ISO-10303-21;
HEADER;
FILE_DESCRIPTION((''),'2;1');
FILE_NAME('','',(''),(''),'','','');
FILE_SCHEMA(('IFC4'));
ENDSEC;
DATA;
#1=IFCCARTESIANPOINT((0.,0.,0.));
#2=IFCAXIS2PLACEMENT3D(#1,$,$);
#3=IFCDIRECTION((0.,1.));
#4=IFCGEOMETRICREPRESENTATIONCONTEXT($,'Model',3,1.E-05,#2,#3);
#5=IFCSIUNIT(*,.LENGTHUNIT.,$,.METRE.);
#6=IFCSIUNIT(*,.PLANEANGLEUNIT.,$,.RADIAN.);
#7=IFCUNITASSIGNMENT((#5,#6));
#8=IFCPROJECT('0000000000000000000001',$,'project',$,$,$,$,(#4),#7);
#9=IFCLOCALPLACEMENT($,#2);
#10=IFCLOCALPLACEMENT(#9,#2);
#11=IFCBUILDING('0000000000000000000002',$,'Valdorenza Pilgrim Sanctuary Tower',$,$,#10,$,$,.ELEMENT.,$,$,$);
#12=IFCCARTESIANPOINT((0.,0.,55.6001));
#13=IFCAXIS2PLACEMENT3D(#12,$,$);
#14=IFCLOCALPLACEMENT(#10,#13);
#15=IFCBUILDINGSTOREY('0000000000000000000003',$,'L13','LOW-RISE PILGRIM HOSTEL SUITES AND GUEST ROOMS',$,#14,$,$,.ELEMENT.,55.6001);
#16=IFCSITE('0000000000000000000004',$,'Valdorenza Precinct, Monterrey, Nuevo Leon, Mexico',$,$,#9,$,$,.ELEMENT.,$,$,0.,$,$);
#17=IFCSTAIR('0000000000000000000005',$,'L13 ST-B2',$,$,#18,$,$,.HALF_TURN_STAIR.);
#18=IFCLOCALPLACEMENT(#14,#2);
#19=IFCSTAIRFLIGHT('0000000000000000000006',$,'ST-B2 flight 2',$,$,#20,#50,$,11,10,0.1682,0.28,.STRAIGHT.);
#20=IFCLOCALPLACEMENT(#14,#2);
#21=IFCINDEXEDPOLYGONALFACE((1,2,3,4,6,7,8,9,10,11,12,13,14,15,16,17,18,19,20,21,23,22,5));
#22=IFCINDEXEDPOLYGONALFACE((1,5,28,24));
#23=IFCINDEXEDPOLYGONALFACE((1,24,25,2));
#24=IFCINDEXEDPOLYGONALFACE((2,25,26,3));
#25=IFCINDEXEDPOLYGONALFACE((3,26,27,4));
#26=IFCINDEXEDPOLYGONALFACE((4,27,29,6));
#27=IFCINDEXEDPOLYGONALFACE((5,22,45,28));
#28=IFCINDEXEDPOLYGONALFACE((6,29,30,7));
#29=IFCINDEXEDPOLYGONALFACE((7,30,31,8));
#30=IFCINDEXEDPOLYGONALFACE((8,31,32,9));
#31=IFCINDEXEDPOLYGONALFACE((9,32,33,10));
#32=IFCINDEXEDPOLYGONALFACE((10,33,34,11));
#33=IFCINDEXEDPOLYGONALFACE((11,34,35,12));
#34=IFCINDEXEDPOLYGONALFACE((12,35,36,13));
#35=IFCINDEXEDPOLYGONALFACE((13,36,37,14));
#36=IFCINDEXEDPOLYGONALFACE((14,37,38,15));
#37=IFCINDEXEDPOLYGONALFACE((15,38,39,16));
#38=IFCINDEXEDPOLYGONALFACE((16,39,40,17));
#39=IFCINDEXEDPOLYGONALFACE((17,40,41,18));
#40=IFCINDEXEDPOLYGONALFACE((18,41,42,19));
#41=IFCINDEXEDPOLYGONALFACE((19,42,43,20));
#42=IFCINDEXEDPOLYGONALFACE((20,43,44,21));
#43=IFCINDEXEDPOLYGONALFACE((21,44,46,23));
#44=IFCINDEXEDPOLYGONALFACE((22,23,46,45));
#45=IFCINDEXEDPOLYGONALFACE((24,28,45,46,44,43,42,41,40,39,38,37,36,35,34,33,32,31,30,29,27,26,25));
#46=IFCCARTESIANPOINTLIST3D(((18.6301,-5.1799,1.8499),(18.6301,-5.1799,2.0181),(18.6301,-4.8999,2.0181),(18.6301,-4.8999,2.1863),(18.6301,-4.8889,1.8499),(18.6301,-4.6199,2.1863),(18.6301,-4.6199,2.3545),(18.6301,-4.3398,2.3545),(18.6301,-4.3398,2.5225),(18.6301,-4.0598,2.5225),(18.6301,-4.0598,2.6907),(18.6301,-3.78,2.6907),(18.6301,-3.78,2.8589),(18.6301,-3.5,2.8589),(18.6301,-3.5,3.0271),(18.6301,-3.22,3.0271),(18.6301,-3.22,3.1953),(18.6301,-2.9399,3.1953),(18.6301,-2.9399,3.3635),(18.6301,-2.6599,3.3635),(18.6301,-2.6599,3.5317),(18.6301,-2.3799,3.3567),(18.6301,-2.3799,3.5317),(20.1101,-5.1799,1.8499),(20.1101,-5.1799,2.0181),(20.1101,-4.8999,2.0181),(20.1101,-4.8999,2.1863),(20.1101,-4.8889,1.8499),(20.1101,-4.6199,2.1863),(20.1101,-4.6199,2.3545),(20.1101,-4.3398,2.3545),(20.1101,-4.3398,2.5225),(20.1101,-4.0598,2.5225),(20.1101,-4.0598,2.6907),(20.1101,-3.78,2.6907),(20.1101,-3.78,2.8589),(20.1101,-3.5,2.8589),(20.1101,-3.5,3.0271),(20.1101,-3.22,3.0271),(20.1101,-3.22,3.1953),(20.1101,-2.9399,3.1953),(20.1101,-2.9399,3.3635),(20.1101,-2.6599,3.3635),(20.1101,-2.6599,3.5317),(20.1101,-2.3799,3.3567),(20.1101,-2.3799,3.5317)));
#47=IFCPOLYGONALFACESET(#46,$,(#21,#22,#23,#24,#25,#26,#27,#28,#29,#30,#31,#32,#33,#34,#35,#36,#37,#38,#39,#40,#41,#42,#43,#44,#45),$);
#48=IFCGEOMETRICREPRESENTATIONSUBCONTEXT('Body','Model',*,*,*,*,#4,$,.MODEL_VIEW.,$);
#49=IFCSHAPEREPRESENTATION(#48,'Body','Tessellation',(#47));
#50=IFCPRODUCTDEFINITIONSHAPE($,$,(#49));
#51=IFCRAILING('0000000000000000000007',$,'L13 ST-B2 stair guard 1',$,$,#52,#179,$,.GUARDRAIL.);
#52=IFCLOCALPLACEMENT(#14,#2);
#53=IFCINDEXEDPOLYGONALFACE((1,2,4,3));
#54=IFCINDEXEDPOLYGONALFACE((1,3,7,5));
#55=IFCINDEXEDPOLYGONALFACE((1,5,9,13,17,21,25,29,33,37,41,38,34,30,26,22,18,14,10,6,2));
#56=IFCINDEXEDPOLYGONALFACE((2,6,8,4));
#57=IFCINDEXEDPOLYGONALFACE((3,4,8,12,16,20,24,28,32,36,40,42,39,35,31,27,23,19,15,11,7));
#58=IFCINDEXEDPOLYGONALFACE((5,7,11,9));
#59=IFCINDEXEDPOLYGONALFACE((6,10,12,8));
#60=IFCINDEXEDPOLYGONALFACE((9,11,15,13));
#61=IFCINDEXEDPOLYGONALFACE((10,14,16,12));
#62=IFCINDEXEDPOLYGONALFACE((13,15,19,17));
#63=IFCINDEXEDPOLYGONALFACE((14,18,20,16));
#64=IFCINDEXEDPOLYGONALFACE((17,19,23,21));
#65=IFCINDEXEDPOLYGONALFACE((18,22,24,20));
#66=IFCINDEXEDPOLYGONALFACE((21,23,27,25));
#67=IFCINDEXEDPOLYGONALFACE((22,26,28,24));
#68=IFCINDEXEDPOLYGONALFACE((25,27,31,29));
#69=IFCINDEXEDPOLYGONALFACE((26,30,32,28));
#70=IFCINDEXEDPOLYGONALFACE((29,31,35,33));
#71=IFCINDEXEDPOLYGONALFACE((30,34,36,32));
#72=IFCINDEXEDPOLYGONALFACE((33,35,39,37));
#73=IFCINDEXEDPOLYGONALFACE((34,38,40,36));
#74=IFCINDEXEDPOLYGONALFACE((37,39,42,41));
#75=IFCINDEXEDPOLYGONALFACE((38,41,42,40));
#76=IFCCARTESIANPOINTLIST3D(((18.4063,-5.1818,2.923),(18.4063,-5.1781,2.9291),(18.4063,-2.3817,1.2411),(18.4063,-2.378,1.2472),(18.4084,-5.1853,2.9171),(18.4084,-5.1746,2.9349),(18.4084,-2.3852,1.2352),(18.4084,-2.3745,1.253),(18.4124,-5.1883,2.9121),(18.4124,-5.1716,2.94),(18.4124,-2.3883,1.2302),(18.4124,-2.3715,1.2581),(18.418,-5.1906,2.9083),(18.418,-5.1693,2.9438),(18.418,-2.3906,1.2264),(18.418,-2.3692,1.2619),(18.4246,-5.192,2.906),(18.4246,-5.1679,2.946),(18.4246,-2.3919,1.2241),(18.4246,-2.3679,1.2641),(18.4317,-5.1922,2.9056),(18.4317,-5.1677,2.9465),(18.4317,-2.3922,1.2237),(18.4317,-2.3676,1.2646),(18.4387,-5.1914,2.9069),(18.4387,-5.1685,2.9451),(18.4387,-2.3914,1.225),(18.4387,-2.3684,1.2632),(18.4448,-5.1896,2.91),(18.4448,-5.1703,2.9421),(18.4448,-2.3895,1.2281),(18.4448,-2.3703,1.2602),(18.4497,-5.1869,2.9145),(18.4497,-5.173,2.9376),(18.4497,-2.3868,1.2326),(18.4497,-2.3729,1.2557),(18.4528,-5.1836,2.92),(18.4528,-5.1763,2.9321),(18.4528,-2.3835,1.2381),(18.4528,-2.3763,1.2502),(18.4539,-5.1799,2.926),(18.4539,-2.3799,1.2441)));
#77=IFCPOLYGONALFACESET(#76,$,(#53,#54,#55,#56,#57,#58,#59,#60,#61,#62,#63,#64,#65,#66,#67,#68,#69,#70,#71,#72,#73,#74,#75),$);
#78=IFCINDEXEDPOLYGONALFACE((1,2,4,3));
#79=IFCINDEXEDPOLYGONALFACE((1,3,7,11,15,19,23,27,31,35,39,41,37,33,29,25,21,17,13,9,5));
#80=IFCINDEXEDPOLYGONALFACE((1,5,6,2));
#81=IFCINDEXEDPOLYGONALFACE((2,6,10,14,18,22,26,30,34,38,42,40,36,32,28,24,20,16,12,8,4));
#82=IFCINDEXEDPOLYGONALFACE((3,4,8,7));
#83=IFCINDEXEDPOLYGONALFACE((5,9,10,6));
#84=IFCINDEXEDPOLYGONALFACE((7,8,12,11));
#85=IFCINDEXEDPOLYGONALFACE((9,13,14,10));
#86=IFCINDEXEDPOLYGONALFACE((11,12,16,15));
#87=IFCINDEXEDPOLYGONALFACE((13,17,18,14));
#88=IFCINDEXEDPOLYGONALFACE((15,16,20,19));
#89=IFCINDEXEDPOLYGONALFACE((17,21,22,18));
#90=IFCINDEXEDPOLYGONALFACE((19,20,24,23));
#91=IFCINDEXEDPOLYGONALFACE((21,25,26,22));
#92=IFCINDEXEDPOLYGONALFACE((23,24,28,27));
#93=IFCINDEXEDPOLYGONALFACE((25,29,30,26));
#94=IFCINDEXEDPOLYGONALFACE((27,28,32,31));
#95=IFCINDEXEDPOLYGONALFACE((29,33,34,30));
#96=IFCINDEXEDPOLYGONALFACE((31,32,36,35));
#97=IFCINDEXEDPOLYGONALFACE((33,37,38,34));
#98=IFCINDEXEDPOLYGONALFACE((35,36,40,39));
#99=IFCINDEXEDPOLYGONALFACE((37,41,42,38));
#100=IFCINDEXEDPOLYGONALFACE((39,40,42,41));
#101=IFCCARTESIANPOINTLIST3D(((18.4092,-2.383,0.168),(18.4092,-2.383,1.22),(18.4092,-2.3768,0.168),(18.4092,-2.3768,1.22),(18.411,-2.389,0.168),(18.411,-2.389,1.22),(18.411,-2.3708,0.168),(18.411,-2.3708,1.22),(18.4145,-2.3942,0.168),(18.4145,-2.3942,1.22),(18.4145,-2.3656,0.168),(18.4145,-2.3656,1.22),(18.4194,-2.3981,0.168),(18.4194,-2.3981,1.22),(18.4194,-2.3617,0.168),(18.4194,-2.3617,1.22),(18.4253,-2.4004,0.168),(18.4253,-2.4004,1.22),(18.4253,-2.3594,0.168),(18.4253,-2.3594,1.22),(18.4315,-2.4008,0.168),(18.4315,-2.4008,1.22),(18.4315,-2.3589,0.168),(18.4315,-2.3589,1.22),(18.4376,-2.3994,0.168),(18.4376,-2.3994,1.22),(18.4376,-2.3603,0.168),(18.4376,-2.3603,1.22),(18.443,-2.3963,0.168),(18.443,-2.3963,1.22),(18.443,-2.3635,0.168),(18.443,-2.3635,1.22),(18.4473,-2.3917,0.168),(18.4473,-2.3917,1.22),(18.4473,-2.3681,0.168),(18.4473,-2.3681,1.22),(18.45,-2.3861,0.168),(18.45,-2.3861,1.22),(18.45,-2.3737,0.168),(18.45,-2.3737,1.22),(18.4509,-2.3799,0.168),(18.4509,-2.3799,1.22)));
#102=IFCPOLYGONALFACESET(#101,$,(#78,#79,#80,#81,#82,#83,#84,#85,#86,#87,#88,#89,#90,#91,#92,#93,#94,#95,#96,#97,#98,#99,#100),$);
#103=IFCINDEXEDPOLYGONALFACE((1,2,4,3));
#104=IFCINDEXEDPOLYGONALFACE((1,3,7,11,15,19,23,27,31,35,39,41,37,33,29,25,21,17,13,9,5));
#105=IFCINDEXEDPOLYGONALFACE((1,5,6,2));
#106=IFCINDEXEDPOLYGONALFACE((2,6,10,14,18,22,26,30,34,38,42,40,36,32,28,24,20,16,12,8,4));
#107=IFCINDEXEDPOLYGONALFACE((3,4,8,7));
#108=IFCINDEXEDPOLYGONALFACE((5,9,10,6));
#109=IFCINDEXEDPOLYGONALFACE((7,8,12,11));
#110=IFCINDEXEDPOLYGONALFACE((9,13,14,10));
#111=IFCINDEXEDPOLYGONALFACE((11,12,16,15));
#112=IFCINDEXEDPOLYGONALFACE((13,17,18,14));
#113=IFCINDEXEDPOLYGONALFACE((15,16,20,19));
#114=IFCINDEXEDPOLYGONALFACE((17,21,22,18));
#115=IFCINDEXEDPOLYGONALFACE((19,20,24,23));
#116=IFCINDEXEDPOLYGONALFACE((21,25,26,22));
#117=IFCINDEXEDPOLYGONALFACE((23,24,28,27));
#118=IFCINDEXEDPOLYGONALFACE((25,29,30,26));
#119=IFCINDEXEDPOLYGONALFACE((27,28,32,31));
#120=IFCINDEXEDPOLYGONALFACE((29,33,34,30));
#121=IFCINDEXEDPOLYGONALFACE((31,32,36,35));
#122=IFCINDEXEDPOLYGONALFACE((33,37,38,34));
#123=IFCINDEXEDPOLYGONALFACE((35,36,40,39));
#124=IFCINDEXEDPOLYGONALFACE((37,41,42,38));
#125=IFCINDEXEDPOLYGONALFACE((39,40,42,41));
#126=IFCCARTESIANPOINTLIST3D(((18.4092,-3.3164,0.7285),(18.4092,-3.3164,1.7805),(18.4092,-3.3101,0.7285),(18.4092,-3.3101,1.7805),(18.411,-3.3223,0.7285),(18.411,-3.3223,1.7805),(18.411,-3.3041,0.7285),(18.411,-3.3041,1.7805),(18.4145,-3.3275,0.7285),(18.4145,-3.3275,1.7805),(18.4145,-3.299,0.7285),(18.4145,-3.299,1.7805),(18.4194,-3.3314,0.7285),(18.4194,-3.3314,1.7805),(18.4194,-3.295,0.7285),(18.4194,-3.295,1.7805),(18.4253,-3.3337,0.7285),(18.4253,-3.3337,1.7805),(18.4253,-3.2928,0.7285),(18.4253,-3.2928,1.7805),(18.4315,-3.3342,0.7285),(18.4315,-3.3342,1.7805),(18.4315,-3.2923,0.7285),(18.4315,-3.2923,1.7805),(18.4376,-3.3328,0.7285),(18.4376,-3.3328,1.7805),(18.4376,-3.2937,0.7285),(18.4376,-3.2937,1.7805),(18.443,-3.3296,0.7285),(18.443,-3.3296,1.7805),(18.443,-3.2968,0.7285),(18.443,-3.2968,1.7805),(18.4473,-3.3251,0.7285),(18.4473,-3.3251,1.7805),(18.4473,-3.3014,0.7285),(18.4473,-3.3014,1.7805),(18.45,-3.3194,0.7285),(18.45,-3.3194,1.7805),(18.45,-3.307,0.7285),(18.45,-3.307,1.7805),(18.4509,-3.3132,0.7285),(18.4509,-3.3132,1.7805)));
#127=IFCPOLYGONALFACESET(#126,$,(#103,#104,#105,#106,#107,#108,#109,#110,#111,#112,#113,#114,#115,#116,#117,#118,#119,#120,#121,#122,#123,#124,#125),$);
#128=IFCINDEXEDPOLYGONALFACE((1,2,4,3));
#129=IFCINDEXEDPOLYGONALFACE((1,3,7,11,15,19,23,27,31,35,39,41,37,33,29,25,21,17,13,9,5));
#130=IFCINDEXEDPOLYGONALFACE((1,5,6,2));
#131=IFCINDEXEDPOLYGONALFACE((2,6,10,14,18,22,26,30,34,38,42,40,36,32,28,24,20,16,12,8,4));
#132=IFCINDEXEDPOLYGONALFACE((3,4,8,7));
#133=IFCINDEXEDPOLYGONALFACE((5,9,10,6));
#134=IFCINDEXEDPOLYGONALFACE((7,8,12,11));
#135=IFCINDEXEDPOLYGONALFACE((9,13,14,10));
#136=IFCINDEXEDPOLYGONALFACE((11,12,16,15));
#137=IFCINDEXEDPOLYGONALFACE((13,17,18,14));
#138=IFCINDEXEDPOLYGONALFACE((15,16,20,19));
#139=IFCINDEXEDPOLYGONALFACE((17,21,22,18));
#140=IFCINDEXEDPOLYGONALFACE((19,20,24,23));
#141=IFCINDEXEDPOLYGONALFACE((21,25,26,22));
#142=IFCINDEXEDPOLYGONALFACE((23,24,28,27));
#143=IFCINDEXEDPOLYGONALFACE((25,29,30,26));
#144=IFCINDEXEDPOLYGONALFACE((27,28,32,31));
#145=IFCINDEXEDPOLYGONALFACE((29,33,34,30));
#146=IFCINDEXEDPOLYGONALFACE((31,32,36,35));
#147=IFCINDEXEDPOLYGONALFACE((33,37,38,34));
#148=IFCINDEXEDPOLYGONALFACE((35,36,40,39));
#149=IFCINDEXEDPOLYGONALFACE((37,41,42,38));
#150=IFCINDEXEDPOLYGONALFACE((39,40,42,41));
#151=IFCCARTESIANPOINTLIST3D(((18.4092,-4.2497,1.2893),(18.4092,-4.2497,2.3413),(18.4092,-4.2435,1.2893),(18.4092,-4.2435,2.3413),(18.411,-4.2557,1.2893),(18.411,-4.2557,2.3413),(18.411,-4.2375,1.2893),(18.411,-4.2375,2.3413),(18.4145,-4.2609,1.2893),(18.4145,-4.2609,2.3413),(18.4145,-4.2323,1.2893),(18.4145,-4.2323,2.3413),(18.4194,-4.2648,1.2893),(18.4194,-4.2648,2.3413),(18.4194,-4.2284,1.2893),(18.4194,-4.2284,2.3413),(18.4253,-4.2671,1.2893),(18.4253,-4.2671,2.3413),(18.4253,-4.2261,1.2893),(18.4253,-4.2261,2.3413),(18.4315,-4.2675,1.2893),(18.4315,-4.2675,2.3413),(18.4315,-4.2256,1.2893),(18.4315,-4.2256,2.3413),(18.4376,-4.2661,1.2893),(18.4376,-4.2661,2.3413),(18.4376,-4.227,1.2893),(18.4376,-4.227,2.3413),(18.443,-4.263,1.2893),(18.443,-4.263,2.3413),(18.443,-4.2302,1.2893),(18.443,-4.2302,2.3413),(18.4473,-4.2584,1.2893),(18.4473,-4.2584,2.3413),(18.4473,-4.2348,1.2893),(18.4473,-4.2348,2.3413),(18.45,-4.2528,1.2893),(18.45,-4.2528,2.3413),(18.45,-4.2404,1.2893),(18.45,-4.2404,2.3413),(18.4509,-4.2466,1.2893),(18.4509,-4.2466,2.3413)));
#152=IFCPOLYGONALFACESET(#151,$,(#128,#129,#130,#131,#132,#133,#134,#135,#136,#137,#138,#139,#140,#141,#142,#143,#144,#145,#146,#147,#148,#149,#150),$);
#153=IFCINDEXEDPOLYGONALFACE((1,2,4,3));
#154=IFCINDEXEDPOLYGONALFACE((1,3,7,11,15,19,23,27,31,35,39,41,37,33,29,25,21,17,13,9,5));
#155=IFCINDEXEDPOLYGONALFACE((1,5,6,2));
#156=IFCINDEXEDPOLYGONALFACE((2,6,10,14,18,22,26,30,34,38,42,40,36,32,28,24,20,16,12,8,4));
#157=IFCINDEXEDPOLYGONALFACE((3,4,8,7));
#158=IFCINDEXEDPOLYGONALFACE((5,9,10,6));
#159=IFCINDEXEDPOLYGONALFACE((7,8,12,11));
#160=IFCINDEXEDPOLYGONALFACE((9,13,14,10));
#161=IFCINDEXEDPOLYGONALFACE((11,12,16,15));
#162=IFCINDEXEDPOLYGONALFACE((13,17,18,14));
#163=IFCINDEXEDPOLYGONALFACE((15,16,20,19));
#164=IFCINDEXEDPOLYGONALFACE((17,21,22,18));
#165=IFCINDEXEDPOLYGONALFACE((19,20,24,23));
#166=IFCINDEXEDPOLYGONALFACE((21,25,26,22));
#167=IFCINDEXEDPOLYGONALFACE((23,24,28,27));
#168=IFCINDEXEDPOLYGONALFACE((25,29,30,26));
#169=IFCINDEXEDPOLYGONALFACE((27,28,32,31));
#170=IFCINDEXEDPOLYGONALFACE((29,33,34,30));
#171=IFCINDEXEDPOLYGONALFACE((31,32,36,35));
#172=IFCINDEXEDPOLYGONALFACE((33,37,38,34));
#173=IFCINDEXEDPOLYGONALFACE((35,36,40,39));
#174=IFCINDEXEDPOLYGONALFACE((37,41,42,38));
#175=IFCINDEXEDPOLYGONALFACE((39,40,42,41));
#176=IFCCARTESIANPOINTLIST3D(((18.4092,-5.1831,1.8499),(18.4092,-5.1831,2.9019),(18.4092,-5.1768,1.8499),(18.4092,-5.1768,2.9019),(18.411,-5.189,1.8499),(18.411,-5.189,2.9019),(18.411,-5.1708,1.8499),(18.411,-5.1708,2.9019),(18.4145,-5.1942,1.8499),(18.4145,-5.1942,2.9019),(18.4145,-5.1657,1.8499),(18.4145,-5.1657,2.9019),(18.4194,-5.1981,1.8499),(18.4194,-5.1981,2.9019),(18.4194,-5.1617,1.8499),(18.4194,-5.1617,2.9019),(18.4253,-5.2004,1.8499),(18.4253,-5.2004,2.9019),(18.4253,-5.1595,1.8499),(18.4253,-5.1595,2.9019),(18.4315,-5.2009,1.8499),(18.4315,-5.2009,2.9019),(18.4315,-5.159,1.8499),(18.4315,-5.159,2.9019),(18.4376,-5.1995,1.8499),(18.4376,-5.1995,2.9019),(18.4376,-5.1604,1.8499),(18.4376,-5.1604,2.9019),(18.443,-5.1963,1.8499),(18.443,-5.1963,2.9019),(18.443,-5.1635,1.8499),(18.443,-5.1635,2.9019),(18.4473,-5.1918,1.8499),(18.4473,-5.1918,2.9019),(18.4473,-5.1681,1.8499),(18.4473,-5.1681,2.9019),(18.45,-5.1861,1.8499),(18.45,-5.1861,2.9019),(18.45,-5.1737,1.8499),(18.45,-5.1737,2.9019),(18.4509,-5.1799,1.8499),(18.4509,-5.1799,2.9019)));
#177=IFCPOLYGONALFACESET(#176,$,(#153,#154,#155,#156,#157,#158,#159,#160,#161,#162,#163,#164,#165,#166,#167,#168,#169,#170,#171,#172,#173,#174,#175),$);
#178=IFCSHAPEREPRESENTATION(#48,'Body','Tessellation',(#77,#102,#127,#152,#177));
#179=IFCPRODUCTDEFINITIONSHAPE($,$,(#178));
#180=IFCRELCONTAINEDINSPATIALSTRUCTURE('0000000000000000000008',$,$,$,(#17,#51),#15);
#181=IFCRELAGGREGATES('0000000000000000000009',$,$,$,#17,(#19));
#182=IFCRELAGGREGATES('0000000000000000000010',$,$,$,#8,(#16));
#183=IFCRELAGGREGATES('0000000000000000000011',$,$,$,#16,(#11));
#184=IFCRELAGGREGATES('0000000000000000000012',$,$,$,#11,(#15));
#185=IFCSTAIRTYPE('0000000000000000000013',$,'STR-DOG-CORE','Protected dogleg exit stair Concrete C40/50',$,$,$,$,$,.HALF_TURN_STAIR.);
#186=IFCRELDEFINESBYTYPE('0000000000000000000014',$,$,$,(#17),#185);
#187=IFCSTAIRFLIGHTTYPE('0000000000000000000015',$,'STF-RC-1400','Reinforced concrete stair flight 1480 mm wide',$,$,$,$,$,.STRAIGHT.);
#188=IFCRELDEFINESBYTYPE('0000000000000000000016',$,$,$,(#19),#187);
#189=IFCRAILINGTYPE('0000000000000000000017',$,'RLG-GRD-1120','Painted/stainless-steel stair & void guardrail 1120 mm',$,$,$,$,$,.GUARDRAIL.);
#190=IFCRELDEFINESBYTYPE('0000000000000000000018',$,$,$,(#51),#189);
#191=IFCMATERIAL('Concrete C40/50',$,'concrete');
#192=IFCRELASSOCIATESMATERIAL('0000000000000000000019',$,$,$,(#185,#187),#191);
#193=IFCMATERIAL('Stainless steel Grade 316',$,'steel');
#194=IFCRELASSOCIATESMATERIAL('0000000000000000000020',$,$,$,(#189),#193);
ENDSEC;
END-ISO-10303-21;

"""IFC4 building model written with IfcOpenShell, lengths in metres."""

from ifc_helpers import new_model, si_unit, direction, frame, origin, origin_2d, place, context, subcontext, project, spatial, polyline, circle, outline, extrude, material, type_object, element, aggregate, save


model = new_model("IFC4")

# Units and contexts
model_context = context("Model", 3, precision=1e-05, world=origin(), true_north=direction((0.0, 1.0)))
body_context = subcontext(model_context, "Body", "Model", "MODEL_VIEW")
ifc_project = project(units=[si_unit("LENGTHUNIT", "METRE"), si_unit("PLANEANGLEUNIT", "RADIAN")], contexts=[model_context])

# Site, building, storey
site_placement = place(None, origin())
site = spatial("IfcSite", under=ifc_project, at=site_placement, Name="Valdorenza Precinct, Monterrey, Nuevo Leon, Mexico", CompositionType="ELEMENT", RefElevation=0.0)
building_placement = place(site_placement, origin())
building = spatial("IfcBuilding", under=site, at=building_placement, Name="Valdorenza Pilgrim Sanctuary Tower", CompositionType="ELEMENT")
storey_placement = place(building_placement, frame((0.0, 0.0, 55.6001)))
storey = spatial("IfcBuildingStorey", under=building, at=storey_placement, Name="L13", Description="LOW-RISE PILGRIM HOSTEL SUITES AND GUEST ROOMS", CompositionType="ELEMENT", Elevation=55.6001)

# Shared definitions
ifc_material_1 = material(Name="Concrete C40/50", Category="concrete")

# Stair, stair flight
stair_type = type_object("IfcStairType", Name="STR-DOG-CORE", Description="Protected dogleg exit stair Concrete C40/50", PredefinedType="HALF_TURN_STAIR", material=ifc_material_1)
stair_placement = place(storey_placement, origin())
stair = element("IfcStair", 1, at=stair_placement, inside=storey, type_object=stair_type, Name="L13 ST-B2", PredefinedType="HALF_TURN_STAIR")
stair_flight_type = type_object("IfcStairFlightType", Name="STF-RC-1400", Description="Reinforced concrete stair flight 1480 mm wide", PredefinedType="STRAIGHT", material=ifc_material_1)
stair_flight_1_placement = place(storey_placement, frame((19.3701, -5.1799, 1.8499), z_axis=(0.0, 0.0, 1.0), x_axis=(0.0, 1.0, 0.0)))
stair_flight_1 = element("IfcStairFlight", 2, at=stair_flight_1_placement, type_object=stair_flight_type, Name="ST-B2 flight 2", NumberOfRisers=11, NumberOfTreads=10, PredefinedType="STRAIGHT", RiserHeight=0.1682, TreadLength=0.28, context=body_context, shape_type="SweptSolid", body=[
    extrude(outline(polyline([(0.0, 0.0), (0.0, 0.1682), (0.28, 0.1682), (0.28, 0.3364), (0.5601, 0.3364), (0.5601, 0.5046), (0.8401, 0.5046), (0.8401, 0.6726), (1.1201, 0.6726), (1.1201, 0.8408), (1.3999, 0.8408), (1.3999, 1.009), (1.6799, 1.009), (1.6799, 1.1772), (1.96, 1.1772), (1.96, 1.3455), (2.24, 1.3455), (2.24, 1.5137), (2.52, 1.5137), (2.52, 1.6819), (2.8, 1.6819), (2.8, 1.8501), (2.8, 1.5068), (0.291, 0.0), (0.0, 0.0)])), frame((0.0, 0.74, 0.0), z_axis=(0.0, -1.0, 0.0), x_axis=(1.0, 0.0, 0.0)), (0.0, 0.0, 1.0), 1.48),
])
aggregate(stair, [stair_flight_1])

# Railing
ifc_material_2 = material(Name="Stainless steel Grade 316", Category="steel")
railing_type_1 = type_object("IfcRailingType", Name="RLG-GRD-1120", Description="Painted/stainless-steel stair & void guardrail 1120 mm", PredefinedType="GUARDRAIL", material=ifc_material_2)
railing_1_placement = place(storey_placement, frame((18.4299, -2.3799, 0.168)))
element("IfcRailing", 3, at=railing_1_placement, inside=storey, type_object=railing_type_1, Name="L13 ST-B2 stair guard 1", PredefinedType="GUARDRAIL", context=body_context, shape_type="SweptSolid", body=[
    extrude(circle(Radius=0.0239, at=origin_2d()), frame((0.0, 0.0, 1.0762), z_axis=(0.0, -0.857242, 0.514913), x_axis=(1.0, 0.0, 0.0)), (0.0, 0.0, 1.0), 3.2664),
    extrude(circle(Radius=0.021, at=origin_2d()), origin(), (0.0, 0.0, 1.0), 1.052),
    extrude(circle(Radius=0.021, at=origin_2d()), frame((0.0, -0.9333, 0.5605)), (0.0, 0.0, 1.0), 1.052),
    extrude(circle(Radius=0.021, at=origin_2d()), frame((0.0, -1.8667, 1.1213)), (0.0, 0.0, 1.0), 1.052),
    extrude(circle(Radius=0.021, at=origin_2d()), frame((0.0, -2.8, 1.6819)), (0.0, 0.0, 1.0), 1.052),
])

save(model, "model.ifc")
